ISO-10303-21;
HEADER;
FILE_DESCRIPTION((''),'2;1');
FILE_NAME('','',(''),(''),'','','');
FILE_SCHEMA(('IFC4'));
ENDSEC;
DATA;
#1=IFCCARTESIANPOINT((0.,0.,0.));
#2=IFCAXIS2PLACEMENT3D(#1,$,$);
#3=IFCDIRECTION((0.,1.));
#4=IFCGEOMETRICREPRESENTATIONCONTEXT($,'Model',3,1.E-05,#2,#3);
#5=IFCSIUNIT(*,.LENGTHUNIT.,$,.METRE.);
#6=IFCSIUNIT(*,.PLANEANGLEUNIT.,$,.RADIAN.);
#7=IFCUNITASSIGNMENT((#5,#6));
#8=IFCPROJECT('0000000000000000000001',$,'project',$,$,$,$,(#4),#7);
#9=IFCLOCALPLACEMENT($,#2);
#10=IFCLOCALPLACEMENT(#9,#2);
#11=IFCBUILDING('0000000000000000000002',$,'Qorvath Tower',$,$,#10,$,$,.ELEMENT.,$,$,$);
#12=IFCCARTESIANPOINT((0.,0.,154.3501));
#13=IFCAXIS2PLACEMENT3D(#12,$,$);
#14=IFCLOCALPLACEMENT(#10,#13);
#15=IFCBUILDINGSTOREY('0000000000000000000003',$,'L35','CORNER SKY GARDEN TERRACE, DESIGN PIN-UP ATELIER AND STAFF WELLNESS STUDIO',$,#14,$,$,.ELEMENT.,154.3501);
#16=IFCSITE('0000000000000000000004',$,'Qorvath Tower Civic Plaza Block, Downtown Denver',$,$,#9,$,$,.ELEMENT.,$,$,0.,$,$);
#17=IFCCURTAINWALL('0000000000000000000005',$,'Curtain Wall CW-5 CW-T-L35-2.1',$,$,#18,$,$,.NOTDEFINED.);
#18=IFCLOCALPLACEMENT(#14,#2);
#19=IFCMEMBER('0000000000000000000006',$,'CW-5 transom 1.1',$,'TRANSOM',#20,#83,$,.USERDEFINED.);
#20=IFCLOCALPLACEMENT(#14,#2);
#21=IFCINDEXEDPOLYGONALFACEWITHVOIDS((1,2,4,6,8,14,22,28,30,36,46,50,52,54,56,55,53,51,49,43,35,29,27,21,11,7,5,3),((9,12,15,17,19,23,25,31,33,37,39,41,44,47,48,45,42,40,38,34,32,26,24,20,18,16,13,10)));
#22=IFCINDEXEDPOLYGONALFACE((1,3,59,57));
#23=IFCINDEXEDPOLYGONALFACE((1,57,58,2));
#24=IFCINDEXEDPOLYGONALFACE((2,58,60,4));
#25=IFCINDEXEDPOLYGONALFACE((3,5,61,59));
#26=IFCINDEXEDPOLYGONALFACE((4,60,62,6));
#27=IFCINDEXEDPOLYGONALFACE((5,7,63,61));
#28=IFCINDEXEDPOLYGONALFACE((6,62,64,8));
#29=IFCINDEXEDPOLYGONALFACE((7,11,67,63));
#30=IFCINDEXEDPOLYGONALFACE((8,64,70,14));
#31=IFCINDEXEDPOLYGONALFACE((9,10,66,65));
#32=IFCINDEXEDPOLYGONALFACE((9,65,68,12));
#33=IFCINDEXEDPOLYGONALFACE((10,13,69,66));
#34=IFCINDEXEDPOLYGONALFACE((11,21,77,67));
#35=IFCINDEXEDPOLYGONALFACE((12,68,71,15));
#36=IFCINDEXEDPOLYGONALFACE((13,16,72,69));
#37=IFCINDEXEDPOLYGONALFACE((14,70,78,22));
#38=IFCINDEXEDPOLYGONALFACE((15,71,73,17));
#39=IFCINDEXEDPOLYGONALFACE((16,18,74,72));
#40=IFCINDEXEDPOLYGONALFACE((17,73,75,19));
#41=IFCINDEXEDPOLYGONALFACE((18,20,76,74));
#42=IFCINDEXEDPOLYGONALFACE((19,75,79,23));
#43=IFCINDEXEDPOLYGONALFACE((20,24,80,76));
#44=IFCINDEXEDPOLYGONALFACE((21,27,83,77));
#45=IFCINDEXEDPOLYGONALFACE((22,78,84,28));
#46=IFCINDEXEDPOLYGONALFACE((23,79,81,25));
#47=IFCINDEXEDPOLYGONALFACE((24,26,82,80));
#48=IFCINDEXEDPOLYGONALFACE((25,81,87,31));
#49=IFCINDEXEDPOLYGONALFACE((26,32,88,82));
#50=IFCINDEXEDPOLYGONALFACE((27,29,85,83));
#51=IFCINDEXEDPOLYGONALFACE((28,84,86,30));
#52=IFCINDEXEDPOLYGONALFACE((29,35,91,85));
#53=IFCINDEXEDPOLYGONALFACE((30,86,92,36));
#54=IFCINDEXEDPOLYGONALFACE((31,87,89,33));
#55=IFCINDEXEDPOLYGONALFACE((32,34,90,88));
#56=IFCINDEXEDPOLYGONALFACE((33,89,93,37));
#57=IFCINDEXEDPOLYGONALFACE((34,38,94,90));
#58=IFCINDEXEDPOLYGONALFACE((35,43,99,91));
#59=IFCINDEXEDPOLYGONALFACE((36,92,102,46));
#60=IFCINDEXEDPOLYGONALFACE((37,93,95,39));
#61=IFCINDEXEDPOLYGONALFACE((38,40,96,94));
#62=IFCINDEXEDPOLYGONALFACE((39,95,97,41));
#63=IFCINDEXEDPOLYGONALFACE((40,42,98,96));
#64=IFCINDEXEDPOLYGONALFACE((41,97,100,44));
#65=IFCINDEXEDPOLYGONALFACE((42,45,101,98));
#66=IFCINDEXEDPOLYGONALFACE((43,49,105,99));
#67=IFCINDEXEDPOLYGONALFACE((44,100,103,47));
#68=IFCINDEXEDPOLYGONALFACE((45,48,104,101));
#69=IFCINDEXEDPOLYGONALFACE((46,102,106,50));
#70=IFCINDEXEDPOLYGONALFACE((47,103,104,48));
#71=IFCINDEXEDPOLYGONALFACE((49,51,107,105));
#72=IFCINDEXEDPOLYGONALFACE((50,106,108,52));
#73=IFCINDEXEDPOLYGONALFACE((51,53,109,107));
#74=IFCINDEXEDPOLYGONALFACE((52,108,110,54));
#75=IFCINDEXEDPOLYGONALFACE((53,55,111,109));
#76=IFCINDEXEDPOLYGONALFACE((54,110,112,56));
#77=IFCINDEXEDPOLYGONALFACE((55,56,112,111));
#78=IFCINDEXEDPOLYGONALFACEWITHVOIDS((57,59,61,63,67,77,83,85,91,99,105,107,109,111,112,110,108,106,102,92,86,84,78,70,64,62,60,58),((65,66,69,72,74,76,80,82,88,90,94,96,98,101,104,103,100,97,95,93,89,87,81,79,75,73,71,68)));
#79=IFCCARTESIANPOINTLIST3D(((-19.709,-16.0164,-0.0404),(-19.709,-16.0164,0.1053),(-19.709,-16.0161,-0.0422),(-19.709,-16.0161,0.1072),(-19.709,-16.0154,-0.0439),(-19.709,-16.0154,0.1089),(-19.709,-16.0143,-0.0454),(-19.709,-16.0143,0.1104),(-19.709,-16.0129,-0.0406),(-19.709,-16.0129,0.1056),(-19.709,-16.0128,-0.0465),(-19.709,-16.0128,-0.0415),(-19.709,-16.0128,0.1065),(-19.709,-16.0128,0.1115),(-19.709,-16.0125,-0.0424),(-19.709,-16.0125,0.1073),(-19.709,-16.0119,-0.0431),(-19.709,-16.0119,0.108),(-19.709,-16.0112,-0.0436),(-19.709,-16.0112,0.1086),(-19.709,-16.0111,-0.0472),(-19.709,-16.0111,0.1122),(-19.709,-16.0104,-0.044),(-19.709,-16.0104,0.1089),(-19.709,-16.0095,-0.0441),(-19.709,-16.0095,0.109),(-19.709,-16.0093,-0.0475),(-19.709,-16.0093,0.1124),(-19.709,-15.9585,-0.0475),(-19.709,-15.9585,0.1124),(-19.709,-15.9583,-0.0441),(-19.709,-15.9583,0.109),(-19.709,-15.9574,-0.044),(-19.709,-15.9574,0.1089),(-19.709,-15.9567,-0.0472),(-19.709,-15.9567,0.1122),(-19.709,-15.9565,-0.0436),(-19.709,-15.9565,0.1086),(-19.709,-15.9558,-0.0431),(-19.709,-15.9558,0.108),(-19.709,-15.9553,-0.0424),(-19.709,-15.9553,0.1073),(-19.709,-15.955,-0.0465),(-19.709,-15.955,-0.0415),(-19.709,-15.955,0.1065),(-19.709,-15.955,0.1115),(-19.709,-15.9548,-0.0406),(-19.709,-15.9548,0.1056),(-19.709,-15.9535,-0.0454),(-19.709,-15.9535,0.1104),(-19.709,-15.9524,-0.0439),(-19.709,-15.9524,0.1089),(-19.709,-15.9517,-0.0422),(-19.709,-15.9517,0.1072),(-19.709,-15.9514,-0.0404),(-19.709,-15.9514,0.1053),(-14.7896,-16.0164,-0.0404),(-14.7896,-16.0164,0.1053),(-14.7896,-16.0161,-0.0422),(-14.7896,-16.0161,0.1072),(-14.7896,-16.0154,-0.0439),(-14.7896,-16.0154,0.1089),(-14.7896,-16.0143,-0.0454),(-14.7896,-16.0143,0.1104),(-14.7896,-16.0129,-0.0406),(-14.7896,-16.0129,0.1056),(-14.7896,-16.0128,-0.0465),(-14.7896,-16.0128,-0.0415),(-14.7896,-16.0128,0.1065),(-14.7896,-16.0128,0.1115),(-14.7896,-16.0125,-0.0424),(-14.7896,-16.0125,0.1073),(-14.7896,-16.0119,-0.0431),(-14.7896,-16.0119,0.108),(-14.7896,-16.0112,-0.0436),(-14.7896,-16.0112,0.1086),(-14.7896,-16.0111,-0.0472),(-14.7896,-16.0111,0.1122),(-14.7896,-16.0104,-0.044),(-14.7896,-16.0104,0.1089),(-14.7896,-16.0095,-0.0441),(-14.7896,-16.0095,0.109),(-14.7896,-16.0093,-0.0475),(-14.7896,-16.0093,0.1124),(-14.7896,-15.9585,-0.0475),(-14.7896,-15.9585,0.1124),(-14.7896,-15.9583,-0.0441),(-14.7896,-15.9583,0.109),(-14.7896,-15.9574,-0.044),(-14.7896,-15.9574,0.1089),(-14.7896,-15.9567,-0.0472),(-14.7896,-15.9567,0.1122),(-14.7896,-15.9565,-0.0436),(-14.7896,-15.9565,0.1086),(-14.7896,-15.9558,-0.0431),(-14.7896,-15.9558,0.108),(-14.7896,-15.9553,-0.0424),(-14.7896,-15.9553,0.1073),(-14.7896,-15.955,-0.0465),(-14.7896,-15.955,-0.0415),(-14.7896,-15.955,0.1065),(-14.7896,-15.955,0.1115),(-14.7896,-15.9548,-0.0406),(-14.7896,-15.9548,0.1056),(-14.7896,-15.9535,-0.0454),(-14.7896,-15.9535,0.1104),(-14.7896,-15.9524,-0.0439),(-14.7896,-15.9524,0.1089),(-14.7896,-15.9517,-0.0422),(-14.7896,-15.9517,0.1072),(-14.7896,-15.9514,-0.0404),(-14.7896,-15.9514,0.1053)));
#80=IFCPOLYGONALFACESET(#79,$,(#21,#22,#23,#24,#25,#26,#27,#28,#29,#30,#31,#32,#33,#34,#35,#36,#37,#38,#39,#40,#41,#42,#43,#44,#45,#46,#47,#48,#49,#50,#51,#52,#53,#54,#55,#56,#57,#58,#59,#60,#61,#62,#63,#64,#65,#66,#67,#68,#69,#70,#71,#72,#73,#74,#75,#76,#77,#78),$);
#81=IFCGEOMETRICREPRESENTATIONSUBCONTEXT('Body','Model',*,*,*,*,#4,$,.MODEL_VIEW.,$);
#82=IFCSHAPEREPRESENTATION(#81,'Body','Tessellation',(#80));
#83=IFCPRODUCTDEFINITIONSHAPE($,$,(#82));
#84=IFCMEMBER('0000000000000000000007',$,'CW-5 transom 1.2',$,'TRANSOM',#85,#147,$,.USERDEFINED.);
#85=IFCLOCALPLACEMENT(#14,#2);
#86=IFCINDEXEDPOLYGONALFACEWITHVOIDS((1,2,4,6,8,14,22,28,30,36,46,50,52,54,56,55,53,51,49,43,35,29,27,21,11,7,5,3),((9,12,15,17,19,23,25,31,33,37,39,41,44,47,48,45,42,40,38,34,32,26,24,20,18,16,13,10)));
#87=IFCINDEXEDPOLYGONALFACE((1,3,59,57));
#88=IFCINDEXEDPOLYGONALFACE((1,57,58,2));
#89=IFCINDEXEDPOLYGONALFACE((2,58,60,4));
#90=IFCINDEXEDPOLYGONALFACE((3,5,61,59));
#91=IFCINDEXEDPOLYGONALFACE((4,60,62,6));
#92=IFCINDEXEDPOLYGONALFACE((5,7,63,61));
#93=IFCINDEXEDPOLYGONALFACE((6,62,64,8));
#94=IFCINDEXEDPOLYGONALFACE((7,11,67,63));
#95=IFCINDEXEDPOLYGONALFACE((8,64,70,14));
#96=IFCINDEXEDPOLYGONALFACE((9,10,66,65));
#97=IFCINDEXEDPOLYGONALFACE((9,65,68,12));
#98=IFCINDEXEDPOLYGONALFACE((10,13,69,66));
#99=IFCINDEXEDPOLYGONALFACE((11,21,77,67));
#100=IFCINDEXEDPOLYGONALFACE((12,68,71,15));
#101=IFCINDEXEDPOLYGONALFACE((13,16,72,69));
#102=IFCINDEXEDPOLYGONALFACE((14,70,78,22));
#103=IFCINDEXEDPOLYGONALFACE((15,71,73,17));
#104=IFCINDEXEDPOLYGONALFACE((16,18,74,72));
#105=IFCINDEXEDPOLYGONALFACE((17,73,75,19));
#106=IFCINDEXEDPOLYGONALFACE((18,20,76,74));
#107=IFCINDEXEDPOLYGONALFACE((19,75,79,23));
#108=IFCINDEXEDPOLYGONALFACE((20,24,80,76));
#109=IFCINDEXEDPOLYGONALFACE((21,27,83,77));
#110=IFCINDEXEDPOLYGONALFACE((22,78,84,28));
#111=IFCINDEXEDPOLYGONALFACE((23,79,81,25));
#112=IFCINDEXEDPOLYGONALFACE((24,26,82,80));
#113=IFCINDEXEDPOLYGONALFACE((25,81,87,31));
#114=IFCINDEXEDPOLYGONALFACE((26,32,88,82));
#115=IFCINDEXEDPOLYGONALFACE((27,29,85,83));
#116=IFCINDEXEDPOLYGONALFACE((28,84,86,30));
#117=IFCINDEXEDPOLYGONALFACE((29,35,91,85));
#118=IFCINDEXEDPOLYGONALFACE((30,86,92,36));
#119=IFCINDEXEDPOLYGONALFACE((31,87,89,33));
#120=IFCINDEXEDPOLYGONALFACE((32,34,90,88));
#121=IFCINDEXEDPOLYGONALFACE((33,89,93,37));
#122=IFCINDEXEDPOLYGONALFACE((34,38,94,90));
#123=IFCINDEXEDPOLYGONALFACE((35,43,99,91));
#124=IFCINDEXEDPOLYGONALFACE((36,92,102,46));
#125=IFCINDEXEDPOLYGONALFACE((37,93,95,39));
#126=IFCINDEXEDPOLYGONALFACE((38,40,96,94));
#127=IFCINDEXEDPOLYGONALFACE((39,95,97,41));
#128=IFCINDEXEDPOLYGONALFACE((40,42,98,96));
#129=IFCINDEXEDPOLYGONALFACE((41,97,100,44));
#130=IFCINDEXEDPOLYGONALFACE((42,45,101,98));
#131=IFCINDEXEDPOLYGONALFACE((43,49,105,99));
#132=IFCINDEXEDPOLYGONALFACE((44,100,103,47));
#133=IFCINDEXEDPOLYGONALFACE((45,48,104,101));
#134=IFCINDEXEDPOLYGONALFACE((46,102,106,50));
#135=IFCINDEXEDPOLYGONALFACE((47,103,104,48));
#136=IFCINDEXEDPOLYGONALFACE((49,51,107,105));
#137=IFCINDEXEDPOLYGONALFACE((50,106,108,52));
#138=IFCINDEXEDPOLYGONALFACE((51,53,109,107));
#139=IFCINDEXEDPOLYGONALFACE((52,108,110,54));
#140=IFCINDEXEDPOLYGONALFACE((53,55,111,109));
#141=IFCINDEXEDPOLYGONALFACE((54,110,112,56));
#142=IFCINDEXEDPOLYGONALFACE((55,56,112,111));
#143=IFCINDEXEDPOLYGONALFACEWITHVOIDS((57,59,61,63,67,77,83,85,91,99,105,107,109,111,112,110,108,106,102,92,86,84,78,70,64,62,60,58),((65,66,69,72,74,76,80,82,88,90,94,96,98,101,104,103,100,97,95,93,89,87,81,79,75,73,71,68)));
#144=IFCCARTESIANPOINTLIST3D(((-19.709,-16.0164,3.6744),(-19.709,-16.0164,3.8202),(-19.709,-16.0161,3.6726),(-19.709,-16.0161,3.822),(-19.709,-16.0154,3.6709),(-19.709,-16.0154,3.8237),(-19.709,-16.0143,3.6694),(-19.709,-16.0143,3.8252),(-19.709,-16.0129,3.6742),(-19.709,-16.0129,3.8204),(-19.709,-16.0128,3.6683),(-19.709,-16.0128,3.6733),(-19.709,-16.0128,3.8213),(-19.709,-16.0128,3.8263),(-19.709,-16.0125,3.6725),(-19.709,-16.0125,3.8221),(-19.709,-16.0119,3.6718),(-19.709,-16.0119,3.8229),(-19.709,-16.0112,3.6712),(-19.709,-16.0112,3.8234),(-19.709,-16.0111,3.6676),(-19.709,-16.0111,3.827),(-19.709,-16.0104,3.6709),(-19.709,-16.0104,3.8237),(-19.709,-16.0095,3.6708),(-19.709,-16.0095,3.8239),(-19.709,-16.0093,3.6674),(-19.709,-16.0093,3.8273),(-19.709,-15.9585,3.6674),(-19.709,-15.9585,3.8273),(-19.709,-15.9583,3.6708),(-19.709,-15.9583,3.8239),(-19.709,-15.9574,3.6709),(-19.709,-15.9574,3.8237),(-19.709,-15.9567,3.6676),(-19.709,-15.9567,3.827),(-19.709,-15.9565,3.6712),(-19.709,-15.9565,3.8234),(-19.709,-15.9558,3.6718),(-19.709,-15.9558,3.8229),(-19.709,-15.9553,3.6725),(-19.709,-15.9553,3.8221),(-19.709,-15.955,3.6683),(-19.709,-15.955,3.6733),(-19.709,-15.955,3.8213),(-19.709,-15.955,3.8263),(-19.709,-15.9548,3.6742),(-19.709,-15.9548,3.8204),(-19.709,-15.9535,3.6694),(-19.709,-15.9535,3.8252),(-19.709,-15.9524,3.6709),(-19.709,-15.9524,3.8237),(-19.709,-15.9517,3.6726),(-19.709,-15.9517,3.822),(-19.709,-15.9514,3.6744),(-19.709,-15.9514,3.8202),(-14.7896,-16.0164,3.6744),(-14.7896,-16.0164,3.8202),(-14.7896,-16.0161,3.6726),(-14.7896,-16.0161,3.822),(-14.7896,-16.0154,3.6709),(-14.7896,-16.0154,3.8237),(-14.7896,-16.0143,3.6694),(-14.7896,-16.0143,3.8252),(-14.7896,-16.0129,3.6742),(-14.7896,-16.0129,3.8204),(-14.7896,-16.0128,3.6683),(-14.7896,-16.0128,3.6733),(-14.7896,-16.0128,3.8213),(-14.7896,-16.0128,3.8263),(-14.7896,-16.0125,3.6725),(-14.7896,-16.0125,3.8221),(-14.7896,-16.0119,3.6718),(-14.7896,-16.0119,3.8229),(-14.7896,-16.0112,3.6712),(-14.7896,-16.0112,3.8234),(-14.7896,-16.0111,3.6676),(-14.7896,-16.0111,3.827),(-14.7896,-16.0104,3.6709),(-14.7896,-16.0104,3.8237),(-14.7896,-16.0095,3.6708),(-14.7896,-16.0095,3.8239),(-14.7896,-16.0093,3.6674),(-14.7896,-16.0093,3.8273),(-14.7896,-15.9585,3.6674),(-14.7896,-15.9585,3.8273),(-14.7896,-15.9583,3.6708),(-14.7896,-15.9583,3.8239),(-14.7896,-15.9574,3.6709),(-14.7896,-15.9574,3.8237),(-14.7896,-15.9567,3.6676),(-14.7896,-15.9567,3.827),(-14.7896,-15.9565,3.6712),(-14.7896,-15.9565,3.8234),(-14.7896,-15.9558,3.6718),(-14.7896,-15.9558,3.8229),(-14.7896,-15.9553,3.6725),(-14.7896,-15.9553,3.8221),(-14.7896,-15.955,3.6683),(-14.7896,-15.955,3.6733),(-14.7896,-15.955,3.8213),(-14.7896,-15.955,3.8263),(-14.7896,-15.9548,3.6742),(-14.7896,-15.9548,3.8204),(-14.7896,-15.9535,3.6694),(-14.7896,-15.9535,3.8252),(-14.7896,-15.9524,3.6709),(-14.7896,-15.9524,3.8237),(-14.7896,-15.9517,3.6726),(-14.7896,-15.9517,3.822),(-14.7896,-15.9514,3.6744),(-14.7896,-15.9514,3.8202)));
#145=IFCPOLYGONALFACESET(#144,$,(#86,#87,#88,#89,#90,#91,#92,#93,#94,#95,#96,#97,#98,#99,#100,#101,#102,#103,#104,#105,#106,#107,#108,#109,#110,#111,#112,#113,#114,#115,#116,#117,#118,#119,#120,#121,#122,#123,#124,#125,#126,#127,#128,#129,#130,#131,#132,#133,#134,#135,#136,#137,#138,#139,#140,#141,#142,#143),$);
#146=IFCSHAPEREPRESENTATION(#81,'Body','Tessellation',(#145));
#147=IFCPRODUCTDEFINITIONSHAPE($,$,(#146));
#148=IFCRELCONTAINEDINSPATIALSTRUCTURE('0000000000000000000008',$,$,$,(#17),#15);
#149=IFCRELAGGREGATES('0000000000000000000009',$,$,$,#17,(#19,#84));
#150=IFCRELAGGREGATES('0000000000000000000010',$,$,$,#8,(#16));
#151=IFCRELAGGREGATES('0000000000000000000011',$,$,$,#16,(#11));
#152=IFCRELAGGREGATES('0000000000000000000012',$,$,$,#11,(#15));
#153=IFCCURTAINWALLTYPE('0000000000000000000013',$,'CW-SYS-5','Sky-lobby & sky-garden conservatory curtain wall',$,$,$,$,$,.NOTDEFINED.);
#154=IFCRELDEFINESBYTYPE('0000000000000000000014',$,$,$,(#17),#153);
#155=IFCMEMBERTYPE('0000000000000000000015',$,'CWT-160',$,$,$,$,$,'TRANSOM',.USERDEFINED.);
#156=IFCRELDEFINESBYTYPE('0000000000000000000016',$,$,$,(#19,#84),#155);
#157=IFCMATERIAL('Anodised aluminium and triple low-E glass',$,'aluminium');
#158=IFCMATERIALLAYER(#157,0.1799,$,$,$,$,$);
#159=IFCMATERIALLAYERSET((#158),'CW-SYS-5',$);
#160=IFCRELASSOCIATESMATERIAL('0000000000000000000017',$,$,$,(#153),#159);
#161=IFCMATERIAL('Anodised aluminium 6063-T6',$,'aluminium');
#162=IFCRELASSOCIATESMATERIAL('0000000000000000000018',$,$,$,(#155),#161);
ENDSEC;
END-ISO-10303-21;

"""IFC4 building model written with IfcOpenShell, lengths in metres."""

from ifc_helpers import new_model, si_unit, direction, frame, origin, origin_2d, place, context, subcontext, project, spatial, hollow_rectangle, extrude, material, layer, layer_set, material_profile, profile_set, type_object, element, aggregate, save


model = new_model("IFC4")

# Units and contexts
model_context = context("Model", 3, precision=1e-05, world=origin(), true_north=direction((0.0, 1.0)))
body_context = subcontext(model_context, "Body", "Model", "MODEL_VIEW")
ifc_project = project(units=[si_unit("LENGTHUNIT", "METRE"), si_unit("PLANEANGLEUNIT", "RADIAN")], contexts=[model_context])

# Site, building, storey
site_placement = place(None, origin())
site = spatial("IfcSite", under=ifc_project, at=site_placement, Name="Qorvath Tower Civic Plaza Block, Downtown Denver", CompositionType="ELEMENT", RefElevation=0.0)
building_placement = place(site_placement, origin())
building = spatial("IfcBuilding", under=site, at=building_placement, Name="Qorvath Tower", CompositionType="ELEMENT")
storey_placement = place(building_placement, frame((0.0, 0.0, 154.3501)))
storey = spatial("IfcBuildingStorey", under=building, at=storey_placement, Name="L35", Description="CORNER SKY GARDEN TERRACE, DESIGN PIN-UP ATELIER AND STAFF WELLNESS STUDIO", CompositionType="ELEMENT", Elevation=154.3501)

# Curtain wall
ifc_material_1 = material(Name="Anodised aluminium and triple low-E glass", Category="aluminium")
ifc_layer_1 = layer(ifc_material_1, 0.1799)
ifc_layer_set_1 = layer_set([ifc_layer_1], Name="CW-SYS-5")
curtain_wall_type = type_object("IfcCurtainWallType", Name="CW-SYS-5", Description="Sky-lobby & sky-garden conservatory curtain wall", PredefinedType="NOTDEFINED", material=ifc_layer_set_1)
curtain_wall_1_placement = place(storey_placement, origin())
curtain_wall_1 = element("IfcCurtainWall", 1, at=curtain_wall_1_placement, inside=storey, type_object=curtain_wall_type, Name="Curtain Wall CW-5 CW-T-L35-2.1", PredefinedType="NOTDEFINED")

# Members
ifc_material_2 = material(Name="Anodised aluminium 6063-T6", Category="aluminium")
ifc_material_profile_1 = material_profile(ifc_material_2, hollow_rectangle(XDim=0.0649, YDim=0.1599, WallThickness=0.0034, InnerFilletRadius=0.0034, OuterFilletRadius=0.0071, at=origin_2d()), Name="CWT 160x65")
ifc_profile_set_1 = profile_set([ifc_material_profile_1], Name="Anodised aluminium 6063-T6")
member_type_1 = type_object("IfcMemberType", Name="CWT-160", ElementType="TRANSOM", PredefinedType="USERDEFINED", material=ifc_profile_set_1)
member_1_placement = place(storey_placement, frame((-19.709, -15.9839, 0.0325), z_axis=(1.0, 0.0, 0.0), x_axis=(0.0, 1.0, 0.0)))
member_1 = element("IfcMember", 2, at=member_1_placement, type_object=member_type_1, Name="CW-5 transom 1.1", ObjectType="TRANSOM", PredefinedType="USERDEFINED", context=body_context, shape_type="SweptSolid", body=[
    extrude(hollow_rectangle(XDim=0.0649, YDim=0.1599, WallThickness=0.0034, InnerFilletRadius=0.0034, OuterFilletRadius=0.0071, at=origin_2d()), origin(), (0.0, 0.0, 1.0), 4.9194),
])
member_2_placement = place(storey_placement, frame((-19.709, -15.9839, 3.7473), z_axis=(1.0, 0.0, 0.0), x_axis=(0.0, 1.0, 0.0)))
member_2 = element("IfcMember", 3, at=member_2_placement, type_object=member_type_1, Name="CW-5 transom 1.2", ObjectType="TRANSOM", PredefinedType="USERDEFINED", context=body_context, shape_type="SweptSolid", body=[
    extrude(hollow_rectangle(XDim=0.0649, YDim=0.1599, WallThickness=0.0034, InnerFilletRadius=0.0034, OuterFilletRadius=0.0071, at=origin_2d()), origin(), (0.0, 0.0, 1.0), 4.9194),
])

aggregate(curtain_wall_1, [member_1, member_2])

save(model, "model.ifc")
